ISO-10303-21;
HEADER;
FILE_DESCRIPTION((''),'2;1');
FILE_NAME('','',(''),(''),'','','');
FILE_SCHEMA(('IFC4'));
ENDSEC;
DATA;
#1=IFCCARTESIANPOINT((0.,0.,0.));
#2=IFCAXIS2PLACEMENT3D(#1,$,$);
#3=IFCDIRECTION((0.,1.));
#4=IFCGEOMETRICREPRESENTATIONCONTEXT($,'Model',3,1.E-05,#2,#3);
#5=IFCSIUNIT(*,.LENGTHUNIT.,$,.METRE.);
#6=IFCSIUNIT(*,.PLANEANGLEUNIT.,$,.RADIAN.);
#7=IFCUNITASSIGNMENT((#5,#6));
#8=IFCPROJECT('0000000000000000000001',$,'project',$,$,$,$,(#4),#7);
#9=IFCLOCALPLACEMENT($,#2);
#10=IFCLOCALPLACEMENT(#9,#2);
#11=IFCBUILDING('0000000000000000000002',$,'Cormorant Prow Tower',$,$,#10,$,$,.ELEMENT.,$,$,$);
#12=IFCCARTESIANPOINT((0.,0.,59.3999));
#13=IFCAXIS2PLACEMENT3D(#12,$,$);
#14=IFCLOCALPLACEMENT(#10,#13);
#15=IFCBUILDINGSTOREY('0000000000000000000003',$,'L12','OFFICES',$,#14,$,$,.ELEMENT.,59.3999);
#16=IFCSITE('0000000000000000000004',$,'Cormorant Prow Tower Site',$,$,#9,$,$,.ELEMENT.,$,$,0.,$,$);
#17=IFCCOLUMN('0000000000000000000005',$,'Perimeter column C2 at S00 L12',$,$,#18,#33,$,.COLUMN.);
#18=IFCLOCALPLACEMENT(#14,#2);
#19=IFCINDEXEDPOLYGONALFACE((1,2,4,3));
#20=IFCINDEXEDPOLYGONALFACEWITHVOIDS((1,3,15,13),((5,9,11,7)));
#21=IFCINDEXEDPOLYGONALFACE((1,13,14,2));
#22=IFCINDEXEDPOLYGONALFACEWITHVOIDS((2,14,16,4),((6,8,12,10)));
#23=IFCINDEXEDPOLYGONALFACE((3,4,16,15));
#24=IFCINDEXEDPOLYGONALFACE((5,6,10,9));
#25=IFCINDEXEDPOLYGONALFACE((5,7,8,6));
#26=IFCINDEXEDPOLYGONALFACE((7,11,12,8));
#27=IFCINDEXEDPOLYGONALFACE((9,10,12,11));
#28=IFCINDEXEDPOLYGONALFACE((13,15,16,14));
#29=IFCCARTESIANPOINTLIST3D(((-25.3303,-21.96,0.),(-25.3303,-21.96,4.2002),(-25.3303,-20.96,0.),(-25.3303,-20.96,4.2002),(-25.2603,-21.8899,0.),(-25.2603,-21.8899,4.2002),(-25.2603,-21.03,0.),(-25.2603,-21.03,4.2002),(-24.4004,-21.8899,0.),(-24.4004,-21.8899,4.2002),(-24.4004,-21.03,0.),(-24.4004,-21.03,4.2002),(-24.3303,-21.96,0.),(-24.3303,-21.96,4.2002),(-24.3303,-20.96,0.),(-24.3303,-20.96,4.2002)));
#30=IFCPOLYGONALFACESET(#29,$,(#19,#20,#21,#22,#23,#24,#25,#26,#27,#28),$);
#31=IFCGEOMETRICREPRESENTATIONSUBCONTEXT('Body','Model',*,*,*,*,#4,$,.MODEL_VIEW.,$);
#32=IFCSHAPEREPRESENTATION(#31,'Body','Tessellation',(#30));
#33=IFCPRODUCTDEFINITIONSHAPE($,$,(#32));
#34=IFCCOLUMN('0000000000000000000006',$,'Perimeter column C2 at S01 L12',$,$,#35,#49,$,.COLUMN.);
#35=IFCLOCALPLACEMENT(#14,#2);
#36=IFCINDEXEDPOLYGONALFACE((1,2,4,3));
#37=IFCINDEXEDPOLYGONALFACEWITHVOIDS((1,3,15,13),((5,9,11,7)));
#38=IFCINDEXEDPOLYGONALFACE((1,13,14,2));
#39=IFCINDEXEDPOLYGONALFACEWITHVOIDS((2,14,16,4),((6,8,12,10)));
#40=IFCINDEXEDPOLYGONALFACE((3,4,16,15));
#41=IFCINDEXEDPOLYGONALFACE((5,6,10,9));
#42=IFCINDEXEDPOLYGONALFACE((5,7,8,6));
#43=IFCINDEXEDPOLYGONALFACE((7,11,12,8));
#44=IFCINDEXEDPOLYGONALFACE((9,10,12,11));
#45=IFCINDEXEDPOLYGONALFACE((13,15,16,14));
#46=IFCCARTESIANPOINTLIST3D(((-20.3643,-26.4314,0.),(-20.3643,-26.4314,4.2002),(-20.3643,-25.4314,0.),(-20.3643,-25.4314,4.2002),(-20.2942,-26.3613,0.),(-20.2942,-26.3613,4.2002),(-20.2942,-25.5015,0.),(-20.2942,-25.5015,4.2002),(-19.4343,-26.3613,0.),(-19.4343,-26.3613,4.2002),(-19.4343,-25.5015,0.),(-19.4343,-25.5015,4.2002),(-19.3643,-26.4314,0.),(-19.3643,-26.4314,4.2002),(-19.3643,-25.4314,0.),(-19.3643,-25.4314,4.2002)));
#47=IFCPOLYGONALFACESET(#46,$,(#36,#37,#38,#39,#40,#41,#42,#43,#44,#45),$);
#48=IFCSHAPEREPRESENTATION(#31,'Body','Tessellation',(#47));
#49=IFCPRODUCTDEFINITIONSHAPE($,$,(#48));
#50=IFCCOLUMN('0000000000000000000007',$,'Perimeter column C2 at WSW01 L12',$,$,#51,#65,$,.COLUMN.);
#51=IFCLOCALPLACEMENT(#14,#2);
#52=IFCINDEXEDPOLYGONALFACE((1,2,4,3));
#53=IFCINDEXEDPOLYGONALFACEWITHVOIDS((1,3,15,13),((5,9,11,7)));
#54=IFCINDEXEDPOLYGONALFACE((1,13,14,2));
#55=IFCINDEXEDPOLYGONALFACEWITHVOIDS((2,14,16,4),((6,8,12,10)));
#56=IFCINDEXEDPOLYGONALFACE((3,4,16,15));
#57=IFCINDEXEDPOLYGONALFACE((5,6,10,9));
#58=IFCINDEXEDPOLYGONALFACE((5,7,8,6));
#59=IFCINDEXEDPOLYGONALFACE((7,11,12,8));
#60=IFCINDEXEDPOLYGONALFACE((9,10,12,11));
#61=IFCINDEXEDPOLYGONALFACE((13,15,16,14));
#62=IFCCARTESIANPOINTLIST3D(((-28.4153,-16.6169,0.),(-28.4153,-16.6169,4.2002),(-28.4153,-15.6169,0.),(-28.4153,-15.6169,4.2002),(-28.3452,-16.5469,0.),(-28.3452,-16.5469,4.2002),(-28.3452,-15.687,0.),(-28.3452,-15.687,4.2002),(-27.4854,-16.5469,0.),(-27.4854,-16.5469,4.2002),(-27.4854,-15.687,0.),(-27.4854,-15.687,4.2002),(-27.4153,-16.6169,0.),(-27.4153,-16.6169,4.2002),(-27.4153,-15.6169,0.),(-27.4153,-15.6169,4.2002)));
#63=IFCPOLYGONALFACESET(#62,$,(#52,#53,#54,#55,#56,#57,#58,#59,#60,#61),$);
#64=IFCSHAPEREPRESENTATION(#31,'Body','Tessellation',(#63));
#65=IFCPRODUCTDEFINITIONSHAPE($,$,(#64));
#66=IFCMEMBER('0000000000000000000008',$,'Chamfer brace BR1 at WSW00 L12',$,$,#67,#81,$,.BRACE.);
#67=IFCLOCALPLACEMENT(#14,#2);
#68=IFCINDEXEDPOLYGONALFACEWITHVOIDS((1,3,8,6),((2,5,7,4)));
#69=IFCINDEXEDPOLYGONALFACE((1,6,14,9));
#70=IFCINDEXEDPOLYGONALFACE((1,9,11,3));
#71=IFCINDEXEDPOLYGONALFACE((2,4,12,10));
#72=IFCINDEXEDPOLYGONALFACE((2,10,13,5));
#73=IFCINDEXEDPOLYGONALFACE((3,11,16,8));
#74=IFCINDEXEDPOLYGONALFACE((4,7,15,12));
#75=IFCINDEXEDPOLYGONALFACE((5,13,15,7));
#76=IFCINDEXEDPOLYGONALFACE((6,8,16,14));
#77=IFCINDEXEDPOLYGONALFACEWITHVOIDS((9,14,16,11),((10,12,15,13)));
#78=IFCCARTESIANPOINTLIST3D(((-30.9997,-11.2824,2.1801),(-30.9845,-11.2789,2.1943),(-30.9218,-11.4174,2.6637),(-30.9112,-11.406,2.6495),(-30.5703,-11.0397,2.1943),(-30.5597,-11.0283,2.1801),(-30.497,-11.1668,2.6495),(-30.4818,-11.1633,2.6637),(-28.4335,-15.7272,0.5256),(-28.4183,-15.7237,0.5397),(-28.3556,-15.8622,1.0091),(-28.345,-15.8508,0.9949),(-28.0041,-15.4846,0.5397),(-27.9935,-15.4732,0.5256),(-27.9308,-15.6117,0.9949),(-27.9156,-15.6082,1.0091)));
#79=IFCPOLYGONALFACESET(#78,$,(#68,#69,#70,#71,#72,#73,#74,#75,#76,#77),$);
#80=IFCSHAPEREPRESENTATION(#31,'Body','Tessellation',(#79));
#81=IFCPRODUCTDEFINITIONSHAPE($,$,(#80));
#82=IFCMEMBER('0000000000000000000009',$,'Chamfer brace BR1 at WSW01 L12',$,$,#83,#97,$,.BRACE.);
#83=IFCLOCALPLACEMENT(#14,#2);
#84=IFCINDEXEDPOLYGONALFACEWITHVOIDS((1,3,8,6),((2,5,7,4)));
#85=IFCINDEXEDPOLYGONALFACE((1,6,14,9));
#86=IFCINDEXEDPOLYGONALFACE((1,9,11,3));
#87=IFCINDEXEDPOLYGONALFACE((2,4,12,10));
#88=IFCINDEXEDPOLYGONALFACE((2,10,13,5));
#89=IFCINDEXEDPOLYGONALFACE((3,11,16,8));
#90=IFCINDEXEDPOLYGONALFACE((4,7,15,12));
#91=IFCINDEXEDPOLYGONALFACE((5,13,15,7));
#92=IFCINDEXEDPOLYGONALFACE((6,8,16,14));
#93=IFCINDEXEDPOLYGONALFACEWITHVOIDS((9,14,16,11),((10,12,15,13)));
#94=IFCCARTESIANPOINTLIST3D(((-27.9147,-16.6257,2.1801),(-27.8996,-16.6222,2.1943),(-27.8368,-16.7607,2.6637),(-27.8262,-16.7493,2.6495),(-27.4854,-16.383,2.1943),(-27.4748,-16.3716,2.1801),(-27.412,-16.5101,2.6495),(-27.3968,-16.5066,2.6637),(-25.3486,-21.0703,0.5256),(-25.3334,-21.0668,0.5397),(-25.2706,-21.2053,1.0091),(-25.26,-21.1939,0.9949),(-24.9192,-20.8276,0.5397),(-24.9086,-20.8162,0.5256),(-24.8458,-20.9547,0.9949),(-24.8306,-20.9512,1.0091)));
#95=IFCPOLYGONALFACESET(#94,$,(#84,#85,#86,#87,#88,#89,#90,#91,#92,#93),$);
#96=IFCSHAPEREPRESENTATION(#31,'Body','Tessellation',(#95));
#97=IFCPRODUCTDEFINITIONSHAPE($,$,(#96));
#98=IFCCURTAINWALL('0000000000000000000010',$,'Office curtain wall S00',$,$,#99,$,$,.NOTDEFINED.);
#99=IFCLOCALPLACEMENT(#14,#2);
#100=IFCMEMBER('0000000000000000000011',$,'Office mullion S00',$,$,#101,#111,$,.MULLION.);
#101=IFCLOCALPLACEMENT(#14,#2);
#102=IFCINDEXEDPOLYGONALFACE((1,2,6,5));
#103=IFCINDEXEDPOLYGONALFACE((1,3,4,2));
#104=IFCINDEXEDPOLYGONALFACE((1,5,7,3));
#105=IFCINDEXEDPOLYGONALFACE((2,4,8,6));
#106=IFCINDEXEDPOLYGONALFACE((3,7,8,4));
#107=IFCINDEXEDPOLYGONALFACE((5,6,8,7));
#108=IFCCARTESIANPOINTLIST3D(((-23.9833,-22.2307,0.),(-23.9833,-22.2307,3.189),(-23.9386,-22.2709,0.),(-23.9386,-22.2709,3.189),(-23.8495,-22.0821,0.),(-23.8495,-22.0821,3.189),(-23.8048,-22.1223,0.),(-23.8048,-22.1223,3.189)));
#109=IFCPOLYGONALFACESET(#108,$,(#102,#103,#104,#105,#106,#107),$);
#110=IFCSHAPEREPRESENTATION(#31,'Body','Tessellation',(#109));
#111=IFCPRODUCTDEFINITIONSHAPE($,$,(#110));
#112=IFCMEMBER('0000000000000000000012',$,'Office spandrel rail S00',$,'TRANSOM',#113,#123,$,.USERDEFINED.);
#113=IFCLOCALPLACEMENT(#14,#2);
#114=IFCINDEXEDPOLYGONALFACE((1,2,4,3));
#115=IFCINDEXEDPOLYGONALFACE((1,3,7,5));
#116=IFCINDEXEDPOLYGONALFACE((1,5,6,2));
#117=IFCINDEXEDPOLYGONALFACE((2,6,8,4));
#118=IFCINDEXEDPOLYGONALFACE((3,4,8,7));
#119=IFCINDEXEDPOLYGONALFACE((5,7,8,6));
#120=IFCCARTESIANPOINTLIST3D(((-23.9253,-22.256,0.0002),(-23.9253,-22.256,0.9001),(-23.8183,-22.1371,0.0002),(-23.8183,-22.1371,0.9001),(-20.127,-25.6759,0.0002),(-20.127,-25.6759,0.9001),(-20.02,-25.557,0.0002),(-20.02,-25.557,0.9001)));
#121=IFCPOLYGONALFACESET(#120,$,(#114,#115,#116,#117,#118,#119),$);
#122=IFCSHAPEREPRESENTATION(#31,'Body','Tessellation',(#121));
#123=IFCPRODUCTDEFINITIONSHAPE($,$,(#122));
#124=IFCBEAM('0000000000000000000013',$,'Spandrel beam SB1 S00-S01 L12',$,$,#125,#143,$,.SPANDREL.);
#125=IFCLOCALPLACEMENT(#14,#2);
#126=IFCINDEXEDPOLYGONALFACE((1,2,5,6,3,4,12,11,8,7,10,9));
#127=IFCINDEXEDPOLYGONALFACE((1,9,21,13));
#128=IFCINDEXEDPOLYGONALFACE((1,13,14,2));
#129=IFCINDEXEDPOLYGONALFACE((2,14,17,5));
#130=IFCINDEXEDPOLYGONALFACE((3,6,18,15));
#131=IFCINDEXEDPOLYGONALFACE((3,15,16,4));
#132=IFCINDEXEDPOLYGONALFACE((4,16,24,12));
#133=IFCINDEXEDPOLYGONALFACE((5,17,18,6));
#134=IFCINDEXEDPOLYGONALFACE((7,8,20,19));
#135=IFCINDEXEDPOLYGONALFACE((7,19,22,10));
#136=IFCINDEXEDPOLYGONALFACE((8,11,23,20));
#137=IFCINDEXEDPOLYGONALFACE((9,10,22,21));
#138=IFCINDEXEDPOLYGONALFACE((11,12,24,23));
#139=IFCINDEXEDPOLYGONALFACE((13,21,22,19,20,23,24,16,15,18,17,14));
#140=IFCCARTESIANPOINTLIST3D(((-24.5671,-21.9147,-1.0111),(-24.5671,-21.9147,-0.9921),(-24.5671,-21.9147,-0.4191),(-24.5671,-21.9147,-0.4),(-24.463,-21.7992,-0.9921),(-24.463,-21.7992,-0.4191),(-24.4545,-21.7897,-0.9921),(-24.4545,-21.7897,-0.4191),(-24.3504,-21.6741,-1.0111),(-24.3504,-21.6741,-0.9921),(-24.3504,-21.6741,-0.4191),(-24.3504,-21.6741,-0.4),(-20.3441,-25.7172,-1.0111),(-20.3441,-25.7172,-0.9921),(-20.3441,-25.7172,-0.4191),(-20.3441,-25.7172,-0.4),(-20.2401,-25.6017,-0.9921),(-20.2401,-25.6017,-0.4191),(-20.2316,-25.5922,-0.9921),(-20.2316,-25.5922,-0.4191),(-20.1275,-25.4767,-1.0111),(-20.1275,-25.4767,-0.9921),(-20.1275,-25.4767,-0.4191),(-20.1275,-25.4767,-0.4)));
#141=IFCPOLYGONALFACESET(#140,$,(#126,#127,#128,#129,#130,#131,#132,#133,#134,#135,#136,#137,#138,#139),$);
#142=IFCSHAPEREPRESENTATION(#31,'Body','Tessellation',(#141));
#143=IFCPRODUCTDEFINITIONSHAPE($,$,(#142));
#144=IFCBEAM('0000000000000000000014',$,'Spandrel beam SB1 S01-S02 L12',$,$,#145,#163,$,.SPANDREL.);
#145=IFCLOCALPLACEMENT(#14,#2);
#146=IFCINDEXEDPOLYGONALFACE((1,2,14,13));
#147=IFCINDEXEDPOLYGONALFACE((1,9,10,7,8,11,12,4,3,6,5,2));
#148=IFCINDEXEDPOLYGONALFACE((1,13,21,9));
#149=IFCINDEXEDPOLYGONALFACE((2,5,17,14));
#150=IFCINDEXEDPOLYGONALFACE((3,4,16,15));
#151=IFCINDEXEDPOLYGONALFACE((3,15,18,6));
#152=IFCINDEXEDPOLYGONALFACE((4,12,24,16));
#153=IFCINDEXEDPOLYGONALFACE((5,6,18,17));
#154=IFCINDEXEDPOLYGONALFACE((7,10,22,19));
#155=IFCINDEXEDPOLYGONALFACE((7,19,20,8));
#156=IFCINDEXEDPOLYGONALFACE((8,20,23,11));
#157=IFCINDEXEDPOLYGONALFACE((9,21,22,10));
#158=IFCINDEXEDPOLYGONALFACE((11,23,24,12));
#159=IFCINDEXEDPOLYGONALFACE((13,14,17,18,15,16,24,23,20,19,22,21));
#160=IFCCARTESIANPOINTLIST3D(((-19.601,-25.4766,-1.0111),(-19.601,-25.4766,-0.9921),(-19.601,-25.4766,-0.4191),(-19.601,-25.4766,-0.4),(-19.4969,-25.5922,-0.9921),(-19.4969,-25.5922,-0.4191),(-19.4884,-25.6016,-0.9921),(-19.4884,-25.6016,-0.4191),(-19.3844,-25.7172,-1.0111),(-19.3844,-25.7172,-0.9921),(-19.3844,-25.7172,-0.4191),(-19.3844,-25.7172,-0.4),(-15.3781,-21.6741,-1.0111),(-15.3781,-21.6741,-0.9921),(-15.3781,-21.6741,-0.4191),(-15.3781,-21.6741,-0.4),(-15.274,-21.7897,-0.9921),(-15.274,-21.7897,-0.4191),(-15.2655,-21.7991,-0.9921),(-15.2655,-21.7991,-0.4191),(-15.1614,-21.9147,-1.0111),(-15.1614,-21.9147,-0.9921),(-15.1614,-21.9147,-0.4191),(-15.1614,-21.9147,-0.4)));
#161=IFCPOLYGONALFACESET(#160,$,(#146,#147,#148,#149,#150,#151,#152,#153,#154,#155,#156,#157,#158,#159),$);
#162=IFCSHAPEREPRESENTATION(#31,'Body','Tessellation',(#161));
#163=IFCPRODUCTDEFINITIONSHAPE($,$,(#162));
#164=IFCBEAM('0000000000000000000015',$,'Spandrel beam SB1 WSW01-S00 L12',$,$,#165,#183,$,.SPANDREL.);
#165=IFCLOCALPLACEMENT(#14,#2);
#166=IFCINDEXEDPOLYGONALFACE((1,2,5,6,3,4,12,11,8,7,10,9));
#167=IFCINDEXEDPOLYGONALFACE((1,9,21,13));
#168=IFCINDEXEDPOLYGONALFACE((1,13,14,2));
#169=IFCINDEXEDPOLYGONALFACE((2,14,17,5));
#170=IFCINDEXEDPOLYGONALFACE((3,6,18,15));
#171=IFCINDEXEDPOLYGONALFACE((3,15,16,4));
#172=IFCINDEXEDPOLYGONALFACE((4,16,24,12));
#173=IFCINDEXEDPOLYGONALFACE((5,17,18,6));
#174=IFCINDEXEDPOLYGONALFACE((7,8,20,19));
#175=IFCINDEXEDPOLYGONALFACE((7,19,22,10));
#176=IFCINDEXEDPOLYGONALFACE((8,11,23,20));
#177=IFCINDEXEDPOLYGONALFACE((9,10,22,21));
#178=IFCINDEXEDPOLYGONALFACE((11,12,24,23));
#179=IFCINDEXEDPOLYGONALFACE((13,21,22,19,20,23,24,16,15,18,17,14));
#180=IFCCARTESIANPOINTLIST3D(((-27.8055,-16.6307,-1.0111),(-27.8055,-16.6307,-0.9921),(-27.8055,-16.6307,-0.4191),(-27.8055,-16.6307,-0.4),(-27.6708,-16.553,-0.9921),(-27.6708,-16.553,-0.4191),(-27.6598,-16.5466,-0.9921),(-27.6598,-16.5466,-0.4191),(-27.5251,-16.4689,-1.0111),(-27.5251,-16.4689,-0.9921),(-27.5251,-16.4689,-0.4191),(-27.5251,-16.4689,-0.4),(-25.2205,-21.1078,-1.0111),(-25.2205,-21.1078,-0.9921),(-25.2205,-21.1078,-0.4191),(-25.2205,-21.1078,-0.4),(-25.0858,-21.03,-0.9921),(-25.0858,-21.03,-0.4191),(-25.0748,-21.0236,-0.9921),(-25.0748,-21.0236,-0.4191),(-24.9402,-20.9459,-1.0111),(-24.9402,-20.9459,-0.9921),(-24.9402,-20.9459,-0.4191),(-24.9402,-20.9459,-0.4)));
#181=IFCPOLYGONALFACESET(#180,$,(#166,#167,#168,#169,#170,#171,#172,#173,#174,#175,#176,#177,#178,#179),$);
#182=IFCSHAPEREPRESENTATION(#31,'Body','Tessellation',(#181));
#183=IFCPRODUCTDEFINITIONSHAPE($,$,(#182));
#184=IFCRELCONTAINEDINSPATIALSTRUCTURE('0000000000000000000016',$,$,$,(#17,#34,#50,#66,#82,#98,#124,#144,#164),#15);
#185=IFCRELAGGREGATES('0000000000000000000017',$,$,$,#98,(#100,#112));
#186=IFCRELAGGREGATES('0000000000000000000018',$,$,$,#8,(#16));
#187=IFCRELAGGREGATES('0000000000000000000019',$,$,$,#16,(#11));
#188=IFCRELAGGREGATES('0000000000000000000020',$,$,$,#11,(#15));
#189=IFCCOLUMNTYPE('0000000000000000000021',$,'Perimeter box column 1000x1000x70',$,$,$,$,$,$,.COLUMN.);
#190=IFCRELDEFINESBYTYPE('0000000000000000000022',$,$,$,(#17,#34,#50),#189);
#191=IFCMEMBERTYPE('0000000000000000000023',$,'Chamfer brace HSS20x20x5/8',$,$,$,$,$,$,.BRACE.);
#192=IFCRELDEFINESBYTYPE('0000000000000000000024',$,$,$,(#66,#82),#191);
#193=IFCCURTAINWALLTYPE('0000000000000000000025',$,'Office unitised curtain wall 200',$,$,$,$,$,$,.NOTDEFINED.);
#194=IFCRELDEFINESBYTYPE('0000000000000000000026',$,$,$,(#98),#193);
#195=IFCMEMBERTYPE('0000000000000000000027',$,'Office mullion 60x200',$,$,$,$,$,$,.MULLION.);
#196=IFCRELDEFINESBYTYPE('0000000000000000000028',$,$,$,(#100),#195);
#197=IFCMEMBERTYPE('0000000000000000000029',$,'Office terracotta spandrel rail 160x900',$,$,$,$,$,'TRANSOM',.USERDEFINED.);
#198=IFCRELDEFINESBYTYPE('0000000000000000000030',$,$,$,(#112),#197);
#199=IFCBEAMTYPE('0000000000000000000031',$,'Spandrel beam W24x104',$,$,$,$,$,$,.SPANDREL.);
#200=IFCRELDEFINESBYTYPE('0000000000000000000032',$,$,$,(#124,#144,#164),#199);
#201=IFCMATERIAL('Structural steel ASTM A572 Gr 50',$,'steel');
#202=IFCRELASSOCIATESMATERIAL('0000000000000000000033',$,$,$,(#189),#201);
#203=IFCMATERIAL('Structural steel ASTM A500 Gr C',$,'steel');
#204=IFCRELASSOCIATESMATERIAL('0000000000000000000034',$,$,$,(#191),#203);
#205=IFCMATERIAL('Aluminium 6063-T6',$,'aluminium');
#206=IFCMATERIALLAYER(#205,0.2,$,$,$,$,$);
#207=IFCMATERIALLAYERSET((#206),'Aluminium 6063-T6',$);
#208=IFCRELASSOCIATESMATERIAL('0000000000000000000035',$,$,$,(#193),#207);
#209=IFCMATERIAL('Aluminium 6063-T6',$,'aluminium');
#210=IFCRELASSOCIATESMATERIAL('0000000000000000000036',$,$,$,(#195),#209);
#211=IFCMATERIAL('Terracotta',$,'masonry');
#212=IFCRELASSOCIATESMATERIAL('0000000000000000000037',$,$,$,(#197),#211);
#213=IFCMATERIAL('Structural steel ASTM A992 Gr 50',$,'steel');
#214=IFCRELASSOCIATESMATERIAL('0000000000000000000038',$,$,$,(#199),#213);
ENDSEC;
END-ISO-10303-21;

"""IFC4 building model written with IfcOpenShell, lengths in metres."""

from ifc_helpers import new_model, si_unit, direction, frame, origin, origin_2d, place, context, subcontext, project, spatial, rectangle, hollow_rectangle, i_section, extrude, material, layer, layer_set, material_profile, profile_set, type_object, element, aggregate, save


model = new_model("IFC4")

# Units and contexts
model_context = context("Model", 3, precision=1e-05, world=origin(), true_north=direction((0.0, 1.0)))
body_context = subcontext(model_context, "Body", "Model", "MODEL_VIEW")
ifc_project = project(units=[si_unit("LENGTHUNIT", "METRE"), si_unit("PLANEANGLEUNIT", "RADIAN")], contexts=[model_context])

# Site, building, storey
site_placement = place(None, origin())
site = spatial("IfcSite", under=ifc_project, at=site_placement, Name="Cormorant Prow Tower Site", CompositionType="ELEMENT", RefElevation=0.0)
building_placement = place(site_placement, origin())
building = spatial("IfcBuilding", under=site, at=building_placement, Name="Cormorant Prow Tower", CompositionType="ELEMENT")
storey_placement = place(building_placement, frame((0.0, 0.0, 59.3999)))
storey = spatial("IfcBuildingStorey", under=building, at=storey_placement, Name="L12", Description="OFFICES", CompositionType="ELEMENT", Elevation=59.3999)

# Columns
ifc_material_1 = material(Name="Structural steel ASTM A572 Gr 50", Category="steel")
ifc_material_profile_1 = material_profile(ifc_material_1, hollow_rectangle(XDim=1.0, YDim=1.0, WallThickness=0.0701, at=origin_2d()), Name="Box 1000x1000x70")
ifc_profile_set_1 = profile_set([ifc_material_profile_1], Name="Structural steel ASTM A572 Gr 50")
column_type = type_object("IfcColumnType", Name="Perimeter box column 1000x1000x70", PredefinedType="COLUMN", material=ifc_profile_set_1)
for number, where, z_axis, x_axis, name in (
    (1, (-24.8303, -21.46, 0.0), (0.0, 0.0, 1.0), (1.0, 0.0, 0.0), "Perimeter column C2 at S00 L12"),
    (2, (-19.8643, -25.9314, 0.0), (0.0, 0.0, 1.0), (1.0, 0.0, 0.0), "Perimeter column C2 at S01 L12"),
    (3, (-27.9153, -16.1169, 0.0), (0.0, 0.0, 1.0), (1.0, 0.0, 0.0), "Perimeter column C2 at WSW01 L12"),
):
    element("IfcColumn", number, at=place(storey_placement, frame(where, z_axis=z_axis, x_axis=x_axis)), inside=storey, type_object=column_type, Name=name, PredefinedType="COLUMN", context=body_context, shape_type="SweptSolid", body=[
        extrude(hollow_rectangle(XDim=1.0, YDim=1.0, WallThickness=0.0701, at=origin_2d()), origin(), (0.0, 0.0, 1.0), 4.2002),
    ])

# Members
ifc_material_2 = material(Name="Structural steel ASTM A500 Gr C", Category="steel")
ifc_material_profile_2 = material_profile(ifc_material_2, hollow_rectangle(XDim=0.5081, YDim=0.5081, WallThickness=0.0149, at=origin_2d()), Name="HSS20x20x5/8")
ifc_profile_set_2 = profile_set([ifc_material_profile_2], Name="Structural steel ASTM A500 Gr C")
member_type_1 = type_object("IfcMemberType", Name="Chamfer brace HSS20x20x5/8", PredefinedType="BRACE", material=ifc_profile_set_2)
member_1_placement = place(storey_placement, frame((-28.1746, -15.6677, 0.7673), z_axis=(-0.475875, 0.824259, 0.306822), x_axis=(-0.86603, -0.499991, 0.0)))
element("IfcMember", 4, at=member_1_placement, inside=storey, type_object=member_type_1, Name="Chamfer brace BR1 at WSW00 L12", PredefinedType="BRACE", context=body_context, shape_type="SweptSolid", body=[
    extrude(hollow_rectangle(XDim=0.5081, YDim=0.5081, WallThickness=0.0149, at=origin_2d()), origin(), (0.0, 0.0, 1.0), 5.3926),
])
member_2_placement = place(storey_placement, frame((-25.0896, -21.0107, 0.7673), z_axis=(-0.475893, 0.824244, 0.306834), x_axis=(-0.866018, -0.500012, 0.0)))
element("IfcMember", 5, at=member_2_placement, inside=storey, type_object=member_type_1, Name="Chamfer brace BR1 at WSW01 L12", PredefinedType="BRACE", context=body_context, shape_type="SweptSolid", body=[
    extrude(hollow_rectangle(XDim=0.5081, YDim=0.5081, WallThickness=0.0149, at=origin_2d()), origin(), (0.0, 0.0, 1.0), 5.3923),
])

# Curtain wall, members
ifc_material_3 = material(Name="Aluminium 6063-T6", Category="aluminium")
ifc_layer_1 = layer(ifc_material_3, 0.2)
ifc_layer_set_1 = layer_set([ifc_layer_1], Name="Aluminium 6063-T6")
curtain_wall_type = type_object("IfcCurtainWallType", Name="Office unitised curtain wall 200", PredefinedType="NOTDEFINED", material=ifc_layer_set_1)
curtain_wall_placement = place(storey_placement, origin())
curtain_wall = element("IfcCurtainWall", 6, at=curtain_wall_placement, inside=storey, type_object=curtain_wall_type, Name="Office curtain wall S00", PredefinedType="NOTDEFINED")
ifc_material_4 = material(Name="Aluminium 6063-T6", Category="aluminium")
ifc_material_profile_3 = material_profile(ifc_material_4, rectangle(XDim=0.2, YDim=0.0601, at=origin_2d()), Name="Office mullion 60x200")
ifc_profile_set_3 = profile_set([ifc_material_profile_3], Name="Aluminium 6063-T6")
member_type_2 = type_object("IfcMemberType", Name="Office mullion 60x200", PredefinedType="MULLION", material=ifc_profile_set_3)
member_3_placement = place(storey_placement, frame((-23.894, -22.1765, 0.0), z_axis=(0.0, 0.0, 1.0), x_axis=(0.669131, 0.743145, 0.0)))
member_3 = element("IfcMember", 7, at=member_3_placement, type_object=member_type_2, Name="Office mullion S00", PredefinedType="MULLION", context=body_context, shape_type="SweptSolid", body=[
    extrude(rectangle(XDim=0.2, YDim=0.0601, at=origin_2d()), origin(), (0.0, 0.0, 1.0), 3.189),
])
ifc_material_5 = material(Name="Terracotta", Category="masonry")
ifc_material_profile_4 = material_profile(ifc_material_5, rectangle(XDim=0.1599, YDim=0.8999, at=origin_2d()), Name="Office terracotta spandrel rail 160x900")
ifc_profile_set_4 = profile_set([ifc_material_profile_4], Name="Terracotta")
member_type_3 = type_object("IfcMemberType", Name="Office terracotta spandrel rail 160x900", ElementType="TRANSOM", PredefinedType="USERDEFINED", material=ifc_profile_set_4)
member_4_placement = place(storey_placement, frame((-23.8718, -22.1965, 0.4502), z_axis=(0.743156, -0.669118, 0.0), x_axis=(0.669118, 0.743156, 0.0)))
member_4 = element("IfcMember", 8, at=member_4_placement, type_object=member_type_3, Name="Office spandrel rail S00", ObjectType="TRANSOM", PredefinedType="USERDEFINED", context=body_context, shape_type="SweptSolid", body=[
    extrude(rectangle(XDim=0.1599, YDim=0.8999, at=origin_2d()), origin(), (0.0, 0.0, 1.0), 5.1111),
])

# Beams
ifc_material_6 = material(Name="Structural steel ASTM A992 Gr 50", Category="steel")
ifc_material_profile_5 = material_profile(ifc_material_6, i_section(OverallWidth=0.3237, OverallDepth=0.6111, WebThickness=0.0127, FlangeThickness=0.019, at=origin_2d()), Name="W24x104")
ifc_profile_set_5 = profile_set([ifc_material_profile_5], Name="Structural steel ASTM A992 Gr 50")
beam_type = type_object("IfcBeamType", Name="Spandrel beam W24x104", PredefinedType="SPANDREL", material=ifc_profile_set_5)
for number, where, z_axis, x_axis, name in (
    (9, (-24.4587, -21.7944, -0.7056), (0.74313, -0.669147, 0.0), (0.669147, 0.74313, 0.0), "Spandrel beam SB1 S00-S01 L12"),
    (10, (-19.4927, -25.5969, -0.7056), (0.74313, 0.669147, 0.0), (-0.669147, 0.74313, 0.0), "Spandrel beam SB1 S01-S02 L12"),
):
    element("IfcBeam", number, at=place(storey_placement, frame(where, z_axis=z_axis, x_axis=x_axis)), inside=storey, type_object=beam_type, Name=name, PredefinedType="SPANDREL", context=body_context, shape_type="SweptSolid", body=[
        extrude(i_section(OverallWidth=0.3237, OverallDepth=0.6111, WebThickness=0.0127, FlangeThickness=0.019, at=origin_2d()), origin(), (0.0, 0.0, 1.0), 5.6826),
    ])
beam_placement = place(storey_placement, frame((-27.6653, -16.5498, -0.7056), z_axis=(0.50002, -0.866014, 0.0), x_axis=(0.866014, 0.50002, 0.0)))
element("IfcBeam", 11, at=beam_placement, inside=storey, type_object=beam_type, Name="Spandrel beam SB1 WSW01-S00 L12", PredefinedType="SPANDREL", context=body_context, shape_type="SweptSolid", body=[
    extrude(i_section(OverallWidth=0.3237, OverallDepth=0.6111, WebThickness=0.0127, FlangeThickness=0.019, at=origin_2d()), origin(), (0.0, 0.0, 1.0), 5.1697),
])

aggregate(curtain_wall, [member_3, member_4])

save(model, "model.ifc")
